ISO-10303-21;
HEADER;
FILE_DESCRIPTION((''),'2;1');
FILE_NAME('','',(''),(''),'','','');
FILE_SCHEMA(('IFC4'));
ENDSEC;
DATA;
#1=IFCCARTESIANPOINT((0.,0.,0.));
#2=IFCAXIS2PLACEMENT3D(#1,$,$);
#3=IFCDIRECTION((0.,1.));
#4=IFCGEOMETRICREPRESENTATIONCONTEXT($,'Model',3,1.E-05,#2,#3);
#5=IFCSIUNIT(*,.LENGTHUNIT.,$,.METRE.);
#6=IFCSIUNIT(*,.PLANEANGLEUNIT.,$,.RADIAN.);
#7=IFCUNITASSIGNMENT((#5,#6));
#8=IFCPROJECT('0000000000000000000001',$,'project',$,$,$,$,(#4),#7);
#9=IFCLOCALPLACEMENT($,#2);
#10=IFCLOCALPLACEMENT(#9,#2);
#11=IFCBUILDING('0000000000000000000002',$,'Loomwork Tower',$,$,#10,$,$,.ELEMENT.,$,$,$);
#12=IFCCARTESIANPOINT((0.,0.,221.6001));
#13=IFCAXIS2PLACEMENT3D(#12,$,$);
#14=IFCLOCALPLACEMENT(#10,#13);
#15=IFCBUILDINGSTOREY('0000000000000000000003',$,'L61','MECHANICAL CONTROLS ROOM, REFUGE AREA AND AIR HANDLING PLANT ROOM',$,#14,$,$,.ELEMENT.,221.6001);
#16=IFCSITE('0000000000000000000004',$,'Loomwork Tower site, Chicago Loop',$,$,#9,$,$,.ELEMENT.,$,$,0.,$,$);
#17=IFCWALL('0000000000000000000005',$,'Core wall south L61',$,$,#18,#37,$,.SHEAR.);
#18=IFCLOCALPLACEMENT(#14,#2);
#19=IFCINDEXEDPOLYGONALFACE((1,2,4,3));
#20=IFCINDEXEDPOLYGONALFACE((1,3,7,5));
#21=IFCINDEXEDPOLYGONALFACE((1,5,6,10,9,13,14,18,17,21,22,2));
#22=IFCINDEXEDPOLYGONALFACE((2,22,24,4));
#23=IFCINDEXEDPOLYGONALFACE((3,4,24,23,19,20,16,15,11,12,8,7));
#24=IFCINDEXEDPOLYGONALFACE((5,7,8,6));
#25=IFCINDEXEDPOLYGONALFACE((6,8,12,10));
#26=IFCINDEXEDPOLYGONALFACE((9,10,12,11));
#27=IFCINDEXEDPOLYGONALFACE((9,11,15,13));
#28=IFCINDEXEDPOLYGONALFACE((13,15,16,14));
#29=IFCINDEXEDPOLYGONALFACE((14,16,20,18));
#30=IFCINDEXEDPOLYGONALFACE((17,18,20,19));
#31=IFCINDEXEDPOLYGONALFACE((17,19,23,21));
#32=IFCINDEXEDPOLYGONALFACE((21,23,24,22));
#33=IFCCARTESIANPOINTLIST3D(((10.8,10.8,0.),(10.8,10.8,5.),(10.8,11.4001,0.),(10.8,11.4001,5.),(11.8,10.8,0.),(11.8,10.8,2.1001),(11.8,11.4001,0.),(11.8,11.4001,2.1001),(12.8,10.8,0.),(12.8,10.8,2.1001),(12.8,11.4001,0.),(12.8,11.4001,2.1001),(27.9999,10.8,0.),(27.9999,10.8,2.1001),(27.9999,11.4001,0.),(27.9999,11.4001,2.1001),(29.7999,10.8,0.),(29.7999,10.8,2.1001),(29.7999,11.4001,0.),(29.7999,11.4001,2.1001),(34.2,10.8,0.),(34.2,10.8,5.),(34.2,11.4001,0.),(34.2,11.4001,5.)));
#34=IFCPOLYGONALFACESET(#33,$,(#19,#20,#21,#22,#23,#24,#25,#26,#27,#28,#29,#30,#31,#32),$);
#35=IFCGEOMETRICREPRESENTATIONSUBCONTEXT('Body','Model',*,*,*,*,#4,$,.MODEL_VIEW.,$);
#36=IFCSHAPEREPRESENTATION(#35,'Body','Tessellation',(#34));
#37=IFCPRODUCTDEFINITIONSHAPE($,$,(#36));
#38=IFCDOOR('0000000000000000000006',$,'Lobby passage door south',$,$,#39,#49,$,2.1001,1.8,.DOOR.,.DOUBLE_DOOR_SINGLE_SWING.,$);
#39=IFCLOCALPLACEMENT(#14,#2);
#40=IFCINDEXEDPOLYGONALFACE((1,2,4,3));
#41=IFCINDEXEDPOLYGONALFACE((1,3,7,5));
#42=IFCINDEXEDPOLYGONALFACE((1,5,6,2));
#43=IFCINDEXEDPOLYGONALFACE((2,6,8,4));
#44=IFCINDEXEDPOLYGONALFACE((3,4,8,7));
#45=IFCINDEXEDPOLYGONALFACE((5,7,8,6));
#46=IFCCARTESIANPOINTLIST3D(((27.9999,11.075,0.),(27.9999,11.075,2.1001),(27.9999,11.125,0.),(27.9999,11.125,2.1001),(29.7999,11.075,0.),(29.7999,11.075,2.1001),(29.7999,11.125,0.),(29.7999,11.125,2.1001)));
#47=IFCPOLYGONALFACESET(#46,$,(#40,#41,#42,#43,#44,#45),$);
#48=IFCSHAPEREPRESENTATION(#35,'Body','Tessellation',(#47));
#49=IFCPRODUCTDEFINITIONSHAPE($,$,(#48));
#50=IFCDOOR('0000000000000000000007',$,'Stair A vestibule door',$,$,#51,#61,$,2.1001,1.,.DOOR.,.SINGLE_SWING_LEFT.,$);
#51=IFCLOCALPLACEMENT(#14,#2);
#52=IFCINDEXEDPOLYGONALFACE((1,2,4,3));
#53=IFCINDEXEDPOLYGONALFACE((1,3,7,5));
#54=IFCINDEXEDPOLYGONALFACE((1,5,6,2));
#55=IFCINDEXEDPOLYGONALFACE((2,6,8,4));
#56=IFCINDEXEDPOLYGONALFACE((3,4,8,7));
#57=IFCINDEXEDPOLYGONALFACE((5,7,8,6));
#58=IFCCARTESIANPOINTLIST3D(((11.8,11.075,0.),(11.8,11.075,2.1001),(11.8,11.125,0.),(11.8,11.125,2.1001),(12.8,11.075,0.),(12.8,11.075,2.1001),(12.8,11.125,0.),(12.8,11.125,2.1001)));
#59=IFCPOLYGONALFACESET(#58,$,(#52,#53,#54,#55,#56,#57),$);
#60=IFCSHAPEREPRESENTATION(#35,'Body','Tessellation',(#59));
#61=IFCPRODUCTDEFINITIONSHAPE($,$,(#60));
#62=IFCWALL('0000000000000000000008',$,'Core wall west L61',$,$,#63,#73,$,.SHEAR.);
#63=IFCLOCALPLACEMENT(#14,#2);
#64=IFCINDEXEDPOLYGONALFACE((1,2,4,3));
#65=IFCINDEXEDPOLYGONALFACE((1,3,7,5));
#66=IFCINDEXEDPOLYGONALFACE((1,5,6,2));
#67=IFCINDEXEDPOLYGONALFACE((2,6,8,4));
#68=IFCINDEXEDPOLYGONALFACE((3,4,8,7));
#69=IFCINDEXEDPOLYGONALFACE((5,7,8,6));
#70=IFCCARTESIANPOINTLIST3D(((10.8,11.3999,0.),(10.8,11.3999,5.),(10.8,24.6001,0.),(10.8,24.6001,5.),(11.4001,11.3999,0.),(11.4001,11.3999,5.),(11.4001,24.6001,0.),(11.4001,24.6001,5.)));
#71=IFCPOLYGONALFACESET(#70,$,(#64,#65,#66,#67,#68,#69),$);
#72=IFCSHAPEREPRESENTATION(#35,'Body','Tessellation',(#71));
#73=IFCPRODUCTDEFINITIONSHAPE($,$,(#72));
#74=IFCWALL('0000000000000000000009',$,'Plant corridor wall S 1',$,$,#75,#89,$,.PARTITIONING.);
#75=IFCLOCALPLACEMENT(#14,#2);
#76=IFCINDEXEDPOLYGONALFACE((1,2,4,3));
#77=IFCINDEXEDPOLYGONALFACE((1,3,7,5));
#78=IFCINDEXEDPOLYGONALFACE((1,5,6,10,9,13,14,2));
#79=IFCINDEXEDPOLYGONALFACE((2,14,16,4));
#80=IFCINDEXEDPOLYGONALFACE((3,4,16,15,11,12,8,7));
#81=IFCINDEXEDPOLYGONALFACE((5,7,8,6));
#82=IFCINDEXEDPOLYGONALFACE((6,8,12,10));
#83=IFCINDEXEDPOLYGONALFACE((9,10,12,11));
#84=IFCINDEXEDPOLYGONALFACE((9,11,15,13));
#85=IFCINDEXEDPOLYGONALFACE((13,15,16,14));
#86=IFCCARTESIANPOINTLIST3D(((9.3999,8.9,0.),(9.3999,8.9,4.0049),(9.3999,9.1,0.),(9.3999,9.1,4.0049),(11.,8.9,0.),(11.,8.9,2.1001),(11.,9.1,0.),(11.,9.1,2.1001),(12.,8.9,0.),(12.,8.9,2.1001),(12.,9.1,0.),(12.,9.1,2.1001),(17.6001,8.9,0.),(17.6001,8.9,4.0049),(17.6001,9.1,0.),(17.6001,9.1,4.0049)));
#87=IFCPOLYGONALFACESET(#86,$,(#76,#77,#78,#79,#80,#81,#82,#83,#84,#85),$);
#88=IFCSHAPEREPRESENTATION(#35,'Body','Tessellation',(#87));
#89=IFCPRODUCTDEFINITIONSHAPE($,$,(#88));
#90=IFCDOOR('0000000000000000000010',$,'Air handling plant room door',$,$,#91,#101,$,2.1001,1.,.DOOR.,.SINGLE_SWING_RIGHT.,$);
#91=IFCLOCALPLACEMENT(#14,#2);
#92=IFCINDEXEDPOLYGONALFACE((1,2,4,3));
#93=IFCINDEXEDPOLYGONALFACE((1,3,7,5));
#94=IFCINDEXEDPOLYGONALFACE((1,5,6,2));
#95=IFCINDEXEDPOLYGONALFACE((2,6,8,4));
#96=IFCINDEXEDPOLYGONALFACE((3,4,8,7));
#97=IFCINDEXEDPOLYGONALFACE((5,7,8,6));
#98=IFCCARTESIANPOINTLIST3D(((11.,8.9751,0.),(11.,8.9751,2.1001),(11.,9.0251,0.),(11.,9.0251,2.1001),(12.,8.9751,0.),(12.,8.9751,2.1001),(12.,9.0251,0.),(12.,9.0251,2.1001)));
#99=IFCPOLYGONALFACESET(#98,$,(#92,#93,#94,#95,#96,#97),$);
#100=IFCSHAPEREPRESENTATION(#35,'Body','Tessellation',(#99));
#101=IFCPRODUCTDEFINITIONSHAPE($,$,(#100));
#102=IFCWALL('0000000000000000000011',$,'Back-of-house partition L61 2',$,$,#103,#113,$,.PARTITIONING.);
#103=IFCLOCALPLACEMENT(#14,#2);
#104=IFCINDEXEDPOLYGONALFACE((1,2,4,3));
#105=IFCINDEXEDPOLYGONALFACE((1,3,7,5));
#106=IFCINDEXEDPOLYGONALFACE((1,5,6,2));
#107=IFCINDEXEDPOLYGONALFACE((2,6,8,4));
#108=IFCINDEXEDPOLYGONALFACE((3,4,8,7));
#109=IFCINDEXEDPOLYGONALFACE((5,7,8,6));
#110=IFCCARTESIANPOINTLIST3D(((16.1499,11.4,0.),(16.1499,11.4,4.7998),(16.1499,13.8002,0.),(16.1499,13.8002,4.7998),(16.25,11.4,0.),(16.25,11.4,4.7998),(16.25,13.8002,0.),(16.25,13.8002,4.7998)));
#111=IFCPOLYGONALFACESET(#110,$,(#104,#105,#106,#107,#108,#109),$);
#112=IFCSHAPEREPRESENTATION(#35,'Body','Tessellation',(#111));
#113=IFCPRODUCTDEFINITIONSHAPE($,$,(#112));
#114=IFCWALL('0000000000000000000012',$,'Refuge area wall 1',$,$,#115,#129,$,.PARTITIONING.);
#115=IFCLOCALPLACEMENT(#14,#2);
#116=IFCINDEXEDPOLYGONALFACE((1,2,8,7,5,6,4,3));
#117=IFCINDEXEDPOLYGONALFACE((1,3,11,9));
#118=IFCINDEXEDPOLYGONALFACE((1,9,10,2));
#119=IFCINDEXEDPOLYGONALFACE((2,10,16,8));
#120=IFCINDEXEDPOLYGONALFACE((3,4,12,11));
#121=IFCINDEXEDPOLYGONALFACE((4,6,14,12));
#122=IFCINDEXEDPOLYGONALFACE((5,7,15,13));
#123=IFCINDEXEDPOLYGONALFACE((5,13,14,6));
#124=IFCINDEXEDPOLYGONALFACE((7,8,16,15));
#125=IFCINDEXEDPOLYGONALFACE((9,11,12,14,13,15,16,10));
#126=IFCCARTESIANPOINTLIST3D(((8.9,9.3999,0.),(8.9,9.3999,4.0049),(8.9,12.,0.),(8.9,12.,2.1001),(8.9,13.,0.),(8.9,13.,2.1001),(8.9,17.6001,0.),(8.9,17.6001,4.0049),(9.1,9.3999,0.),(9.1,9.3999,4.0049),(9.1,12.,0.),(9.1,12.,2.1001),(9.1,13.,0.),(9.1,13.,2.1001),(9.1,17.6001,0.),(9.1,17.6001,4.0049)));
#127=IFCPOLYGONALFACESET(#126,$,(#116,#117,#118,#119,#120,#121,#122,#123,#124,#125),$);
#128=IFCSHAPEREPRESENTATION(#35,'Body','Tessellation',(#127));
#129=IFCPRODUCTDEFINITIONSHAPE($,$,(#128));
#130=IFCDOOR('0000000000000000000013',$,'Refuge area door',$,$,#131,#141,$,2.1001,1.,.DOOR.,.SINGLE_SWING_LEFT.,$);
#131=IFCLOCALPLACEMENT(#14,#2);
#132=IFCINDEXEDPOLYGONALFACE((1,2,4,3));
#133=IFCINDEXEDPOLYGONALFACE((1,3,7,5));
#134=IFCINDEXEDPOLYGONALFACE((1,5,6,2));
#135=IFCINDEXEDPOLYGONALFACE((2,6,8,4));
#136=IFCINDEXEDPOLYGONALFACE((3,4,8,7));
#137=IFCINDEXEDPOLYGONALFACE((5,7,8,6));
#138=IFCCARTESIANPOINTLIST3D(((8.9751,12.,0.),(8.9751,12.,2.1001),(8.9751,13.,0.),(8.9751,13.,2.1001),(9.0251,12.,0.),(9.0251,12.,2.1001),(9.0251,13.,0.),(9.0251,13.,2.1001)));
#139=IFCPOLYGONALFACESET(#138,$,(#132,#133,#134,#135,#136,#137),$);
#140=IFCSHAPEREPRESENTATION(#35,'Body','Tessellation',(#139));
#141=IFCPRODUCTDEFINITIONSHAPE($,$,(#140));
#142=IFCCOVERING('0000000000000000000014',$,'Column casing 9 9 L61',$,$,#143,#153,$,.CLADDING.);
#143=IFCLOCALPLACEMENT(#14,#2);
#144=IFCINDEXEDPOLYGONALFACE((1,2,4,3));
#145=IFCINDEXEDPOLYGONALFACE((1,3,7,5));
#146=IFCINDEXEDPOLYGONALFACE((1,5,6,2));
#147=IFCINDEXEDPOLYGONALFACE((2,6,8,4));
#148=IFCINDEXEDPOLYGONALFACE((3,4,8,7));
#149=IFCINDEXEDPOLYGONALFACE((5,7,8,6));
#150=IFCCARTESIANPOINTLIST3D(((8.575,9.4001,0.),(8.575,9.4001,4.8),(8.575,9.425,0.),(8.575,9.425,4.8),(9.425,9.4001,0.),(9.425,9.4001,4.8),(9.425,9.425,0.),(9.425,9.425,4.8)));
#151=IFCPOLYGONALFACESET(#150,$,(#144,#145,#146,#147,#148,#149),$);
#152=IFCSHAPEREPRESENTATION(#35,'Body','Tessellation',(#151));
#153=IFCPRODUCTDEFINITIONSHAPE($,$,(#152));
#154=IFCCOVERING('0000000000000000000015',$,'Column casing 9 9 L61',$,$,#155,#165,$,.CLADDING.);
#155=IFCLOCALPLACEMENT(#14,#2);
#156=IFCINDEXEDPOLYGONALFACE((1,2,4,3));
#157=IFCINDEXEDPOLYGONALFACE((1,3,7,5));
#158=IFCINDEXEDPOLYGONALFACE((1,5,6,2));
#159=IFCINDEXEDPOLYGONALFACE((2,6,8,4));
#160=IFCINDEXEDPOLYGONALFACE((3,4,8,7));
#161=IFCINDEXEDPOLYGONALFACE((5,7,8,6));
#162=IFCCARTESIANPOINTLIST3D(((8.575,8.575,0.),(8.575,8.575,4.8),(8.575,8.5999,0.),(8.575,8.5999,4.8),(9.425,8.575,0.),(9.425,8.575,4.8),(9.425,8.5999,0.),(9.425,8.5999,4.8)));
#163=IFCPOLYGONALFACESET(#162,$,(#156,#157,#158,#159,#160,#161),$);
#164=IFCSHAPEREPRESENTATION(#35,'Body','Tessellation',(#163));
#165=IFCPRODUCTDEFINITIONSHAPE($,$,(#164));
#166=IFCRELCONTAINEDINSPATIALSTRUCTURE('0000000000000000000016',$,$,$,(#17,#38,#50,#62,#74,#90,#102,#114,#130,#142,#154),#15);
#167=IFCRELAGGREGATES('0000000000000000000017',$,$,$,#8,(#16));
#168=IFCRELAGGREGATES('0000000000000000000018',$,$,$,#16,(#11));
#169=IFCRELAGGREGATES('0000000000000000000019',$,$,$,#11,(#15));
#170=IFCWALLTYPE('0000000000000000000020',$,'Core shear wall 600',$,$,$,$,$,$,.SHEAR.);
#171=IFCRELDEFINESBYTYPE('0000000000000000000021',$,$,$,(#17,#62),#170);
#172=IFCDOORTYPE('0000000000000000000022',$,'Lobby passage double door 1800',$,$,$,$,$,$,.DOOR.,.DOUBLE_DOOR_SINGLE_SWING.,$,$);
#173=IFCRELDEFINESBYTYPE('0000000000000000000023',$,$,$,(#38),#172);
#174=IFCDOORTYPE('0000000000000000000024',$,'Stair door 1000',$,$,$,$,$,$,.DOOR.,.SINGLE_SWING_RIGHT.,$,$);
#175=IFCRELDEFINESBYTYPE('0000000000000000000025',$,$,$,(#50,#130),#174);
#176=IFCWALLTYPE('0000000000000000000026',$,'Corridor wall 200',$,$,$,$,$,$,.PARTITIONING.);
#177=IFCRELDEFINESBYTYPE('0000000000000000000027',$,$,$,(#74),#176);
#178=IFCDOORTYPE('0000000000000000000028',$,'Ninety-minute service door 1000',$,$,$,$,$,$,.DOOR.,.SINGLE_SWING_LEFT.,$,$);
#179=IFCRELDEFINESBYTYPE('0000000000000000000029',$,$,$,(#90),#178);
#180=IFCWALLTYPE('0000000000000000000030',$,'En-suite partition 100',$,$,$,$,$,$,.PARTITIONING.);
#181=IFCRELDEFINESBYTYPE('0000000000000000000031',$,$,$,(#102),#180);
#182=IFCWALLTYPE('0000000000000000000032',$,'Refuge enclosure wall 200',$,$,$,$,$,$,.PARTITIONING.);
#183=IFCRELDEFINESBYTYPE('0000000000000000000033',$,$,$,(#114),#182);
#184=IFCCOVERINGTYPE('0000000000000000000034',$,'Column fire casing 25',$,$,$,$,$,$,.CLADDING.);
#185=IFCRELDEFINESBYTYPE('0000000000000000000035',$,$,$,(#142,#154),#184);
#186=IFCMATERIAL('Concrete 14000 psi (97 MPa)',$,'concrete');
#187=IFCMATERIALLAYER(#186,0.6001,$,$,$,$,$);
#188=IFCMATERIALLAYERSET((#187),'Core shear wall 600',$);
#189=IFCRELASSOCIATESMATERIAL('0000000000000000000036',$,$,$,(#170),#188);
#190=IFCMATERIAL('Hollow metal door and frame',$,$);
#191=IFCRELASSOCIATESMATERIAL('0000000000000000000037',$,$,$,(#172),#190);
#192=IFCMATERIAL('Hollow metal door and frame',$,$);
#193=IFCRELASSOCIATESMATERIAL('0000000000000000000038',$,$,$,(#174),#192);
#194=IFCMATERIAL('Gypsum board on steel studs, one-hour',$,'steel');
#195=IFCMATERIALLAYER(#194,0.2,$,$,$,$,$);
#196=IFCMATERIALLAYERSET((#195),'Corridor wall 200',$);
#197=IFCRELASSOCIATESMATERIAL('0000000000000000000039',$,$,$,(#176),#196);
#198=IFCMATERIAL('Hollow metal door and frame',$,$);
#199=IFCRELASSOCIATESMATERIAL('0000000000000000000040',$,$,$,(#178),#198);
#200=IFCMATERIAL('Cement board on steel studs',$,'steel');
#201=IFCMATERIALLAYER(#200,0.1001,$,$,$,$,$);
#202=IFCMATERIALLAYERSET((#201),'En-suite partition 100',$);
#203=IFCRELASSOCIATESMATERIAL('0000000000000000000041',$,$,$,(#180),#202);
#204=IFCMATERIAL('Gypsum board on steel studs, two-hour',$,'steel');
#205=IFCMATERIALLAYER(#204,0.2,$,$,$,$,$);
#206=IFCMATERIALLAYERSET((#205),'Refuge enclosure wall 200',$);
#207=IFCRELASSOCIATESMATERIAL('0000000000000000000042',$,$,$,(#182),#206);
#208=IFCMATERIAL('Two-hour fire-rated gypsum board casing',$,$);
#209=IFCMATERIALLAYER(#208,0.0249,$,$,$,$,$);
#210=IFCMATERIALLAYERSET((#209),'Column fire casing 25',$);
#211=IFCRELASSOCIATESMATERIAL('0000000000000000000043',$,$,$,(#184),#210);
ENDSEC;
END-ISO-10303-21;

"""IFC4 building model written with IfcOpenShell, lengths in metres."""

from ifc_helpers import new_model, si_unit, direction, frame, frame_2d, origin, origin_2d, place, context, subcontext, project, spatial, rectangle, extrude, material, layer, layer_set, type_object, element, fill, save


model = new_model("IFC4")

# Units and contexts
model_context = context("Model", 3, precision=1e-05, world=origin(), true_north=direction((0.0, 1.0)))
body_context = subcontext(model_context, "Body", "Model", "MODEL_VIEW")
ifc_project = project(units=[si_unit("LENGTHUNIT", "METRE"), si_unit("PLANEANGLEUNIT", "RADIAN")], contexts=[model_context])

# Site, building, storey
site_placement = place(None, origin())
site = spatial("IfcSite", under=ifc_project, at=site_placement, Name="Loomwork Tower site, Chicago Loop", CompositionType="ELEMENT", RefElevation=0.0)
building_placement = place(site_placement, origin())
building = spatial("IfcBuilding", under=site, at=building_placement, Name="Loomwork Tower", CompositionType="ELEMENT")
storey_placement = place(building_placement, frame((0.0, 0.0, 221.6001)))
storey = spatial("IfcBuildingStorey", under=building, at=storey_placement, Name="L61", Description="MECHANICAL CONTROLS ROOM, REFUGE AREA AND AIR HANDLING PLANT ROOM", CompositionType="ELEMENT", Elevation=221.6001)

# Wall, openings, doors
ifc_material_1 = material(Name="Concrete 14000 psi (97 MPa)", Category="concrete")
ifc_layer_1 = layer(ifc_material_1, 0.6001)
ifc_layer_set_1 = layer_set([ifc_layer_1], Name="Core shear wall 600")
wall_type_1 = type_object("IfcWallType", Name="Core shear wall 600", PredefinedType="SHEAR", material=ifc_layer_set_1)
wall_1_placement = place(storey_placement, frame((10.8, 11.1001, 0.0), z_axis=(0.0, 0.0, 1.0), x_axis=(1.0, 0.0, 0.0)))
wall_1 = element("IfcWall", 1, at=wall_1_placement, inside=storey, type_object=wall_type_1, Name="Core wall south L61", PredefinedType="SHEAR", context=body_context, shape_type="SweptSolid", body=[
    extrude(rectangle(XDim=23.3999, YDim=0.6001, at=frame_2d((11.7, 0.0))), origin(), (0.0, 0.0, 1.0), 5.0),
])
opening_1_placement = place(wall_1_placement, frame((1.0, 0.0, 0.0)))
opening_1 = element("IfcOpeningElement", 2, at=opening_1_placement, cuts=wall_1, PredefinedType="OPENING", context=body_context, shape_type="SweptSolid", body=[
    extrude(rectangle(XDim=1.0, YDim=2.1001, at=frame_2d((0.5, 1.05))), frame((0.0, 0.3101, 0.0), z_axis=(0.0, -1.0, 0.0), x_axis=(1.0, 0.0, 0.0)), (0.0, 0.0, 1.0), 0.6201),
])
opening_2_placement = place(wall_1_placement, frame((17.2, 0.0, 0.0)))
opening_2 = element("IfcOpeningElement", 3, at=opening_2_placement, cuts=wall_1, PredefinedType="OPENING", context=body_context, shape_type="SweptSolid", body=[
    extrude(rectangle(XDim=1.8, YDim=2.1001, at=frame_2d((0.8999, 1.05))), frame((0.0, 0.3101, 0.0), z_axis=(0.0, -1.0, 0.0), x_axis=(1.0, 0.0, 0.0)), (0.0, 0.0, 1.0), 0.6201),
])
ifc_material_2 = material(Name="Hollow metal door and frame")
door_type_1 = type_object("IfcDoorType", Name="Lobby passage double door 1800", OperationType="DOUBLE_DOOR_SINGLE_SWING", PredefinedType="DOOR", material=ifc_material_2)
door_1_placement = place(opening_2_placement, origin())
door_1 = element("IfcDoor", 4, at=door_1_placement, inside=storey, type_object=door_type_1, Name="Lobby passage door south", OperationType="DOUBLE_DOOR_SINGLE_SWING", OverallHeight=2.1001, OverallWidth=1.8, PredefinedType="DOOR", context=body_context, shape_type="SweptSolid", body=[
    extrude(rectangle(XDim=1.8, YDim=2.1001, at=frame_2d((0.8999, 1.05))), frame((0.0, 0.0249, 0.0), z_axis=(0.0, -1.0, 0.0), x_axis=(1.0, 0.0, 0.0)), (0.0, 0.0, 1.0), 0.05),
])
fill(opening_2, door_1)
ifc_material_3 = material(Name="Hollow metal door and frame")
door_type_2 = type_object("IfcDoorType", Name="Stair door 1000", OperationType="SINGLE_SWING_RIGHT", PredefinedType="DOOR", material=ifc_material_3)
door_2_placement = place(opening_1_placement, origin())
door_2 = element("IfcDoor", 5, at=door_2_placement, inside=storey, type_object=door_type_2, Name="Stair A vestibule door", OperationType="SINGLE_SWING_LEFT", OverallHeight=2.1001, OverallWidth=1.0, PredefinedType="DOOR", context=body_context, shape_type="SweptSolid", body=[
    extrude(rectangle(XDim=1.0, YDim=2.1001, at=frame_2d((0.5, 1.05))), frame((0.0, 0.0249, 0.0), z_axis=(0.0, -1.0, 0.0), x_axis=(1.0, 0.0, 0.0)), (0.0, 0.0, 1.0), 0.05),
])
fill(opening_1, door_2)

# Wall
wall_2_placement = place(storey_placement, frame((11.1001, 11.3999, 0.0), z_axis=(0.0, 0.0, 1.0), x_axis=(0.0, 1.0, 0.0)))
element("IfcWall", 6, at=wall_2_placement, inside=storey, type_object=wall_type_1, Name="Core wall west L61", PredefinedType="SHEAR", context=body_context, shape_type="SweptSolid", body=[
    extrude(rectangle(XDim=13.2002, YDim=0.6001, at=frame_2d((6.6001, 0.0))), origin(), (0.0, 0.0, 1.0), 5.0),
])

# Wall, opening, door
ifc_material_4 = material(Name="Gypsum board on steel studs, one-hour", Category="steel")
ifc_layer_2 = layer(ifc_material_4, 0.2)
ifc_layer_set_2 = layer_set([ifc_layer_2], Name="Corridor wall 200")
wall_type_2 = type_object("IfcWallType", Name="Corridor wall 200", PredefinedType="PARTITIONING", material=ifc_layer_set_2)
wall_3_placement = place(storey_placement, frame((9.3999, 9.0, 0.0), z_axis=(0.0, 0.0, 1.0), x_axis=(1.0, 0.0, 0.0)))
wall_3 = element("IfcWall", 7, at=wall_3_placement, inside=storey, type_object=wall_type_2, Name="Plant corridor wall S 1", PredefinedType="PARTITIONING", context=body_context, shape_type="SweptSolid", body=[
    extrude(rectangle(XDim=8.2002, YDim=0.2, at=frame_2d((4.1001, 0.0))), origin(), (0.0, 0.0, 1.0), 4.0049),
])
opening_3_placement = place(wall_3_placement, frame((1.6001, 0.0, 0.0)))
opening_3 = element("IfcOpeningElement", 8, at=opening_3_placement, cuts=wall_3, PredefinedType="OPENING", context=body_context, shape_type="SweptSolid", body=[
    extrude(rectangle(XDim=1.0, YDim=2.1001, at=frame_2d((0.5, 1.05))), frame((0.0, 0.1099, 0.0), z_axis=(0.0, -1.0, 0.0), x_axis=(1.0, 0.0, 0.0)), (0.0, 0.0, 1.0), 0.22),
])
ifc_material_5 = material(Name="Hollow metal door and frame")
door_type_3 = type_object("IfcDoorType", Name="Ninety-minute service door 1000", OperationType="SINGLE_SWING_LEFT", PredefinedType="DOOR", material=ifc_material_5)
door_3_placement = place(opening_3_placement, frame((1.0, 0.0, 0.0), z_axis=(0.0, 0.0, 1.0), x_axis=(-1.0, 0.0, 0.0)))
door_3 = element("IfcDoor", 9, at=door_3_placement, inside=storey, type_object=door_type_3, Name="Air handling plant room door", OperationType="SINGLE_SWING_RIGHT", OverallHeight=2.1001, OverallWidth=1.0, PredefinedType="DOOR", context=body_context, shape_type="SweptSolid", body=[
    extrude(rectangle(XDim=1.0, YDim=2.1001, at=frame_2d((0.5, 1.05))), frame((0.0, 0.0249, 0.0), z_axis=(0.0, -1.0, 0.0), x_axis=(1.0, 0.0, 0.0)), (0.0, 0.0, 1.0), 0.05),
])
fill(opening_3, door_3)

# Wall
ifc_material_6 = material(Name="Cement board on steel studs", Category="steel")
ifc_layer_3 = layer(ifc_material_6, 0.1001)
ifc_layer_set_3 = layer_set([ifc_layer_3], Name="En-suite partition 100")
wall_type_3 = type_object("IfcWallType", Name="En-suite partition 100", PredefinedType="PARTITIONING", material=ifc_layer_set_3)
wall_4_placement = place(storey_placement, frame((16.2, 11.3999, 0.0), z_axis=(0.0, 0.0, 1.0), x_axis=(0.0, 1.0, 0.0)))
element("IfcWall", 10, at=wall_4_placement, inside=storey, type_object=wall_type_3, Name="Back-of-house partition L61 2", PredefinedType="PARTITIONING", context=body_context, shape_type="SweptSolid", body=[
    extrude(rectangle(XDim=2.4001, YDim=0.1001, at=frame_2d((1.2002, 0.0))), origin(), (0.0, 0.0, 1.0), 4.7998),
])

# Wall, opening, door
ifc_material_7 = material(Name="Gypsum board on steel studs, two-hour", Category="steel")
ifc_layer_4 = layer(ifc_material_7, 0.2)
ifc_layer_set_4 = layer_set([ifc_layer_4], Name="Refuge enclosure wall 200")
wall_type_4 = type_object("IfcWallType", Name="Refuge enclosure wall 200", PredefinedType="PARTITIONING", material=ifc_layer_set_4)
wall_5_placement = place(storey_placement, frame((9.0, 9.3999, 0.0), z_axis=(0.0, 0.0, 1.0), x_axis=(0.0, 1.0, 0.0)))
wall_5 = element("IfcWall", 11, at=wall_5_placement, inside=storey, type_object=wall_type_4, Name="Refuge area wall 1", PredefinedType="PARTITIONING", context=body_context, shape_type="SweptSolid", body=[
    extrude(rectangle(XDim=8.2002, YDim=0.2, at=frame_2d((4.1001, 0.0))), origin(), (0.0, 0.0, 1.0), 4.0049),
])
opening_4_placement = place(wall_5_placement, frame((2.6001, 0.0, 0.0)))
opening_4 = element("IfcOpeningElement", 12, at=opening_4_placement, cuts=wall_5, PredefinedType="OPENING", context=body_context, shape_type="SweptSolid", body=[
    extrude(rectangle(XDim=1.0, YDim=2.1001, at=frame_2d((0.5, 1.05))), frame((0.0, 0.1099, 0.0), z_axis=(0.0, -1.0, 0.0), x_axis=(1.0, 0.0, 0.0)), (0.0, 0.0, 1.0), 0.22),
])
door_4_placement = place(opening_4_placement, origin())
door_4 = element("IfcDoor", 13, at=door_4_placement, inside=storey, type_object=door_type_2, Name="Refuge area door", OperationType="SINGLE_SWING_LEFT", OverallHeight=2.1001, OverallWidth=1.0, PredefinedType="DOOR", context=body_context, shape_type="SweptSolid", body=[
    extrude(rectangle(XDim=1.0, YDim=2.1001, at=frame_2d((0.5, 1.05))), frame((0.0, 0.0249, 0.0), z_axis=(0.0, -1.0, 0.0), x_axis=(1.0, 0.0, 0.0)), (0.0, 0.0, 1.0), 0.05),
])
fill(opening_4, door_4)

# Coverings
ifc_material_8 = material(Name="Two-hour fire-rated gypsum board casing")
ifc_layer_5 = layer(ifc_material_8, 0.0249)
ifc_layer_set_5 = layer_set([ifc_layer_5], Name="Column fire casing 25")
covering_type = type_object("IfcCoveringType", Name="Column fire casing 25", PredefinedType="CLADDING", material=ifc_layer_set_5)
for number, where, z_axis, x_axis, name in (
    (14, (9.0, 9.4126, 0.0), (0.0, 0.0, 1.0), (1.0, 0.0, 0.0), "Column casing 9 9 L61"),
    (15, (9.0, 8.5874, 0.0), (0.0, 0.0, 1.0), (1.0, 0.0, 0.0), "Column casing 9 9 L61"),
):
    element("IfcCovering", number, at=place(storey_placement, frame(where, z_axis=z_axis, x_axis=x_axis)), inside=storey, type_object=covering_type, Name=name, PredefinedType="CLADDING", context=body_context, shape_type="SweptSolid", body=[
        extrude(rectangle(XDim=0.8501, YDim=0.0249, at=origin_2d()), origin(), (0.0, 0.0, 1.0), 4.8),
    ])

save(model, "model.ifc")
